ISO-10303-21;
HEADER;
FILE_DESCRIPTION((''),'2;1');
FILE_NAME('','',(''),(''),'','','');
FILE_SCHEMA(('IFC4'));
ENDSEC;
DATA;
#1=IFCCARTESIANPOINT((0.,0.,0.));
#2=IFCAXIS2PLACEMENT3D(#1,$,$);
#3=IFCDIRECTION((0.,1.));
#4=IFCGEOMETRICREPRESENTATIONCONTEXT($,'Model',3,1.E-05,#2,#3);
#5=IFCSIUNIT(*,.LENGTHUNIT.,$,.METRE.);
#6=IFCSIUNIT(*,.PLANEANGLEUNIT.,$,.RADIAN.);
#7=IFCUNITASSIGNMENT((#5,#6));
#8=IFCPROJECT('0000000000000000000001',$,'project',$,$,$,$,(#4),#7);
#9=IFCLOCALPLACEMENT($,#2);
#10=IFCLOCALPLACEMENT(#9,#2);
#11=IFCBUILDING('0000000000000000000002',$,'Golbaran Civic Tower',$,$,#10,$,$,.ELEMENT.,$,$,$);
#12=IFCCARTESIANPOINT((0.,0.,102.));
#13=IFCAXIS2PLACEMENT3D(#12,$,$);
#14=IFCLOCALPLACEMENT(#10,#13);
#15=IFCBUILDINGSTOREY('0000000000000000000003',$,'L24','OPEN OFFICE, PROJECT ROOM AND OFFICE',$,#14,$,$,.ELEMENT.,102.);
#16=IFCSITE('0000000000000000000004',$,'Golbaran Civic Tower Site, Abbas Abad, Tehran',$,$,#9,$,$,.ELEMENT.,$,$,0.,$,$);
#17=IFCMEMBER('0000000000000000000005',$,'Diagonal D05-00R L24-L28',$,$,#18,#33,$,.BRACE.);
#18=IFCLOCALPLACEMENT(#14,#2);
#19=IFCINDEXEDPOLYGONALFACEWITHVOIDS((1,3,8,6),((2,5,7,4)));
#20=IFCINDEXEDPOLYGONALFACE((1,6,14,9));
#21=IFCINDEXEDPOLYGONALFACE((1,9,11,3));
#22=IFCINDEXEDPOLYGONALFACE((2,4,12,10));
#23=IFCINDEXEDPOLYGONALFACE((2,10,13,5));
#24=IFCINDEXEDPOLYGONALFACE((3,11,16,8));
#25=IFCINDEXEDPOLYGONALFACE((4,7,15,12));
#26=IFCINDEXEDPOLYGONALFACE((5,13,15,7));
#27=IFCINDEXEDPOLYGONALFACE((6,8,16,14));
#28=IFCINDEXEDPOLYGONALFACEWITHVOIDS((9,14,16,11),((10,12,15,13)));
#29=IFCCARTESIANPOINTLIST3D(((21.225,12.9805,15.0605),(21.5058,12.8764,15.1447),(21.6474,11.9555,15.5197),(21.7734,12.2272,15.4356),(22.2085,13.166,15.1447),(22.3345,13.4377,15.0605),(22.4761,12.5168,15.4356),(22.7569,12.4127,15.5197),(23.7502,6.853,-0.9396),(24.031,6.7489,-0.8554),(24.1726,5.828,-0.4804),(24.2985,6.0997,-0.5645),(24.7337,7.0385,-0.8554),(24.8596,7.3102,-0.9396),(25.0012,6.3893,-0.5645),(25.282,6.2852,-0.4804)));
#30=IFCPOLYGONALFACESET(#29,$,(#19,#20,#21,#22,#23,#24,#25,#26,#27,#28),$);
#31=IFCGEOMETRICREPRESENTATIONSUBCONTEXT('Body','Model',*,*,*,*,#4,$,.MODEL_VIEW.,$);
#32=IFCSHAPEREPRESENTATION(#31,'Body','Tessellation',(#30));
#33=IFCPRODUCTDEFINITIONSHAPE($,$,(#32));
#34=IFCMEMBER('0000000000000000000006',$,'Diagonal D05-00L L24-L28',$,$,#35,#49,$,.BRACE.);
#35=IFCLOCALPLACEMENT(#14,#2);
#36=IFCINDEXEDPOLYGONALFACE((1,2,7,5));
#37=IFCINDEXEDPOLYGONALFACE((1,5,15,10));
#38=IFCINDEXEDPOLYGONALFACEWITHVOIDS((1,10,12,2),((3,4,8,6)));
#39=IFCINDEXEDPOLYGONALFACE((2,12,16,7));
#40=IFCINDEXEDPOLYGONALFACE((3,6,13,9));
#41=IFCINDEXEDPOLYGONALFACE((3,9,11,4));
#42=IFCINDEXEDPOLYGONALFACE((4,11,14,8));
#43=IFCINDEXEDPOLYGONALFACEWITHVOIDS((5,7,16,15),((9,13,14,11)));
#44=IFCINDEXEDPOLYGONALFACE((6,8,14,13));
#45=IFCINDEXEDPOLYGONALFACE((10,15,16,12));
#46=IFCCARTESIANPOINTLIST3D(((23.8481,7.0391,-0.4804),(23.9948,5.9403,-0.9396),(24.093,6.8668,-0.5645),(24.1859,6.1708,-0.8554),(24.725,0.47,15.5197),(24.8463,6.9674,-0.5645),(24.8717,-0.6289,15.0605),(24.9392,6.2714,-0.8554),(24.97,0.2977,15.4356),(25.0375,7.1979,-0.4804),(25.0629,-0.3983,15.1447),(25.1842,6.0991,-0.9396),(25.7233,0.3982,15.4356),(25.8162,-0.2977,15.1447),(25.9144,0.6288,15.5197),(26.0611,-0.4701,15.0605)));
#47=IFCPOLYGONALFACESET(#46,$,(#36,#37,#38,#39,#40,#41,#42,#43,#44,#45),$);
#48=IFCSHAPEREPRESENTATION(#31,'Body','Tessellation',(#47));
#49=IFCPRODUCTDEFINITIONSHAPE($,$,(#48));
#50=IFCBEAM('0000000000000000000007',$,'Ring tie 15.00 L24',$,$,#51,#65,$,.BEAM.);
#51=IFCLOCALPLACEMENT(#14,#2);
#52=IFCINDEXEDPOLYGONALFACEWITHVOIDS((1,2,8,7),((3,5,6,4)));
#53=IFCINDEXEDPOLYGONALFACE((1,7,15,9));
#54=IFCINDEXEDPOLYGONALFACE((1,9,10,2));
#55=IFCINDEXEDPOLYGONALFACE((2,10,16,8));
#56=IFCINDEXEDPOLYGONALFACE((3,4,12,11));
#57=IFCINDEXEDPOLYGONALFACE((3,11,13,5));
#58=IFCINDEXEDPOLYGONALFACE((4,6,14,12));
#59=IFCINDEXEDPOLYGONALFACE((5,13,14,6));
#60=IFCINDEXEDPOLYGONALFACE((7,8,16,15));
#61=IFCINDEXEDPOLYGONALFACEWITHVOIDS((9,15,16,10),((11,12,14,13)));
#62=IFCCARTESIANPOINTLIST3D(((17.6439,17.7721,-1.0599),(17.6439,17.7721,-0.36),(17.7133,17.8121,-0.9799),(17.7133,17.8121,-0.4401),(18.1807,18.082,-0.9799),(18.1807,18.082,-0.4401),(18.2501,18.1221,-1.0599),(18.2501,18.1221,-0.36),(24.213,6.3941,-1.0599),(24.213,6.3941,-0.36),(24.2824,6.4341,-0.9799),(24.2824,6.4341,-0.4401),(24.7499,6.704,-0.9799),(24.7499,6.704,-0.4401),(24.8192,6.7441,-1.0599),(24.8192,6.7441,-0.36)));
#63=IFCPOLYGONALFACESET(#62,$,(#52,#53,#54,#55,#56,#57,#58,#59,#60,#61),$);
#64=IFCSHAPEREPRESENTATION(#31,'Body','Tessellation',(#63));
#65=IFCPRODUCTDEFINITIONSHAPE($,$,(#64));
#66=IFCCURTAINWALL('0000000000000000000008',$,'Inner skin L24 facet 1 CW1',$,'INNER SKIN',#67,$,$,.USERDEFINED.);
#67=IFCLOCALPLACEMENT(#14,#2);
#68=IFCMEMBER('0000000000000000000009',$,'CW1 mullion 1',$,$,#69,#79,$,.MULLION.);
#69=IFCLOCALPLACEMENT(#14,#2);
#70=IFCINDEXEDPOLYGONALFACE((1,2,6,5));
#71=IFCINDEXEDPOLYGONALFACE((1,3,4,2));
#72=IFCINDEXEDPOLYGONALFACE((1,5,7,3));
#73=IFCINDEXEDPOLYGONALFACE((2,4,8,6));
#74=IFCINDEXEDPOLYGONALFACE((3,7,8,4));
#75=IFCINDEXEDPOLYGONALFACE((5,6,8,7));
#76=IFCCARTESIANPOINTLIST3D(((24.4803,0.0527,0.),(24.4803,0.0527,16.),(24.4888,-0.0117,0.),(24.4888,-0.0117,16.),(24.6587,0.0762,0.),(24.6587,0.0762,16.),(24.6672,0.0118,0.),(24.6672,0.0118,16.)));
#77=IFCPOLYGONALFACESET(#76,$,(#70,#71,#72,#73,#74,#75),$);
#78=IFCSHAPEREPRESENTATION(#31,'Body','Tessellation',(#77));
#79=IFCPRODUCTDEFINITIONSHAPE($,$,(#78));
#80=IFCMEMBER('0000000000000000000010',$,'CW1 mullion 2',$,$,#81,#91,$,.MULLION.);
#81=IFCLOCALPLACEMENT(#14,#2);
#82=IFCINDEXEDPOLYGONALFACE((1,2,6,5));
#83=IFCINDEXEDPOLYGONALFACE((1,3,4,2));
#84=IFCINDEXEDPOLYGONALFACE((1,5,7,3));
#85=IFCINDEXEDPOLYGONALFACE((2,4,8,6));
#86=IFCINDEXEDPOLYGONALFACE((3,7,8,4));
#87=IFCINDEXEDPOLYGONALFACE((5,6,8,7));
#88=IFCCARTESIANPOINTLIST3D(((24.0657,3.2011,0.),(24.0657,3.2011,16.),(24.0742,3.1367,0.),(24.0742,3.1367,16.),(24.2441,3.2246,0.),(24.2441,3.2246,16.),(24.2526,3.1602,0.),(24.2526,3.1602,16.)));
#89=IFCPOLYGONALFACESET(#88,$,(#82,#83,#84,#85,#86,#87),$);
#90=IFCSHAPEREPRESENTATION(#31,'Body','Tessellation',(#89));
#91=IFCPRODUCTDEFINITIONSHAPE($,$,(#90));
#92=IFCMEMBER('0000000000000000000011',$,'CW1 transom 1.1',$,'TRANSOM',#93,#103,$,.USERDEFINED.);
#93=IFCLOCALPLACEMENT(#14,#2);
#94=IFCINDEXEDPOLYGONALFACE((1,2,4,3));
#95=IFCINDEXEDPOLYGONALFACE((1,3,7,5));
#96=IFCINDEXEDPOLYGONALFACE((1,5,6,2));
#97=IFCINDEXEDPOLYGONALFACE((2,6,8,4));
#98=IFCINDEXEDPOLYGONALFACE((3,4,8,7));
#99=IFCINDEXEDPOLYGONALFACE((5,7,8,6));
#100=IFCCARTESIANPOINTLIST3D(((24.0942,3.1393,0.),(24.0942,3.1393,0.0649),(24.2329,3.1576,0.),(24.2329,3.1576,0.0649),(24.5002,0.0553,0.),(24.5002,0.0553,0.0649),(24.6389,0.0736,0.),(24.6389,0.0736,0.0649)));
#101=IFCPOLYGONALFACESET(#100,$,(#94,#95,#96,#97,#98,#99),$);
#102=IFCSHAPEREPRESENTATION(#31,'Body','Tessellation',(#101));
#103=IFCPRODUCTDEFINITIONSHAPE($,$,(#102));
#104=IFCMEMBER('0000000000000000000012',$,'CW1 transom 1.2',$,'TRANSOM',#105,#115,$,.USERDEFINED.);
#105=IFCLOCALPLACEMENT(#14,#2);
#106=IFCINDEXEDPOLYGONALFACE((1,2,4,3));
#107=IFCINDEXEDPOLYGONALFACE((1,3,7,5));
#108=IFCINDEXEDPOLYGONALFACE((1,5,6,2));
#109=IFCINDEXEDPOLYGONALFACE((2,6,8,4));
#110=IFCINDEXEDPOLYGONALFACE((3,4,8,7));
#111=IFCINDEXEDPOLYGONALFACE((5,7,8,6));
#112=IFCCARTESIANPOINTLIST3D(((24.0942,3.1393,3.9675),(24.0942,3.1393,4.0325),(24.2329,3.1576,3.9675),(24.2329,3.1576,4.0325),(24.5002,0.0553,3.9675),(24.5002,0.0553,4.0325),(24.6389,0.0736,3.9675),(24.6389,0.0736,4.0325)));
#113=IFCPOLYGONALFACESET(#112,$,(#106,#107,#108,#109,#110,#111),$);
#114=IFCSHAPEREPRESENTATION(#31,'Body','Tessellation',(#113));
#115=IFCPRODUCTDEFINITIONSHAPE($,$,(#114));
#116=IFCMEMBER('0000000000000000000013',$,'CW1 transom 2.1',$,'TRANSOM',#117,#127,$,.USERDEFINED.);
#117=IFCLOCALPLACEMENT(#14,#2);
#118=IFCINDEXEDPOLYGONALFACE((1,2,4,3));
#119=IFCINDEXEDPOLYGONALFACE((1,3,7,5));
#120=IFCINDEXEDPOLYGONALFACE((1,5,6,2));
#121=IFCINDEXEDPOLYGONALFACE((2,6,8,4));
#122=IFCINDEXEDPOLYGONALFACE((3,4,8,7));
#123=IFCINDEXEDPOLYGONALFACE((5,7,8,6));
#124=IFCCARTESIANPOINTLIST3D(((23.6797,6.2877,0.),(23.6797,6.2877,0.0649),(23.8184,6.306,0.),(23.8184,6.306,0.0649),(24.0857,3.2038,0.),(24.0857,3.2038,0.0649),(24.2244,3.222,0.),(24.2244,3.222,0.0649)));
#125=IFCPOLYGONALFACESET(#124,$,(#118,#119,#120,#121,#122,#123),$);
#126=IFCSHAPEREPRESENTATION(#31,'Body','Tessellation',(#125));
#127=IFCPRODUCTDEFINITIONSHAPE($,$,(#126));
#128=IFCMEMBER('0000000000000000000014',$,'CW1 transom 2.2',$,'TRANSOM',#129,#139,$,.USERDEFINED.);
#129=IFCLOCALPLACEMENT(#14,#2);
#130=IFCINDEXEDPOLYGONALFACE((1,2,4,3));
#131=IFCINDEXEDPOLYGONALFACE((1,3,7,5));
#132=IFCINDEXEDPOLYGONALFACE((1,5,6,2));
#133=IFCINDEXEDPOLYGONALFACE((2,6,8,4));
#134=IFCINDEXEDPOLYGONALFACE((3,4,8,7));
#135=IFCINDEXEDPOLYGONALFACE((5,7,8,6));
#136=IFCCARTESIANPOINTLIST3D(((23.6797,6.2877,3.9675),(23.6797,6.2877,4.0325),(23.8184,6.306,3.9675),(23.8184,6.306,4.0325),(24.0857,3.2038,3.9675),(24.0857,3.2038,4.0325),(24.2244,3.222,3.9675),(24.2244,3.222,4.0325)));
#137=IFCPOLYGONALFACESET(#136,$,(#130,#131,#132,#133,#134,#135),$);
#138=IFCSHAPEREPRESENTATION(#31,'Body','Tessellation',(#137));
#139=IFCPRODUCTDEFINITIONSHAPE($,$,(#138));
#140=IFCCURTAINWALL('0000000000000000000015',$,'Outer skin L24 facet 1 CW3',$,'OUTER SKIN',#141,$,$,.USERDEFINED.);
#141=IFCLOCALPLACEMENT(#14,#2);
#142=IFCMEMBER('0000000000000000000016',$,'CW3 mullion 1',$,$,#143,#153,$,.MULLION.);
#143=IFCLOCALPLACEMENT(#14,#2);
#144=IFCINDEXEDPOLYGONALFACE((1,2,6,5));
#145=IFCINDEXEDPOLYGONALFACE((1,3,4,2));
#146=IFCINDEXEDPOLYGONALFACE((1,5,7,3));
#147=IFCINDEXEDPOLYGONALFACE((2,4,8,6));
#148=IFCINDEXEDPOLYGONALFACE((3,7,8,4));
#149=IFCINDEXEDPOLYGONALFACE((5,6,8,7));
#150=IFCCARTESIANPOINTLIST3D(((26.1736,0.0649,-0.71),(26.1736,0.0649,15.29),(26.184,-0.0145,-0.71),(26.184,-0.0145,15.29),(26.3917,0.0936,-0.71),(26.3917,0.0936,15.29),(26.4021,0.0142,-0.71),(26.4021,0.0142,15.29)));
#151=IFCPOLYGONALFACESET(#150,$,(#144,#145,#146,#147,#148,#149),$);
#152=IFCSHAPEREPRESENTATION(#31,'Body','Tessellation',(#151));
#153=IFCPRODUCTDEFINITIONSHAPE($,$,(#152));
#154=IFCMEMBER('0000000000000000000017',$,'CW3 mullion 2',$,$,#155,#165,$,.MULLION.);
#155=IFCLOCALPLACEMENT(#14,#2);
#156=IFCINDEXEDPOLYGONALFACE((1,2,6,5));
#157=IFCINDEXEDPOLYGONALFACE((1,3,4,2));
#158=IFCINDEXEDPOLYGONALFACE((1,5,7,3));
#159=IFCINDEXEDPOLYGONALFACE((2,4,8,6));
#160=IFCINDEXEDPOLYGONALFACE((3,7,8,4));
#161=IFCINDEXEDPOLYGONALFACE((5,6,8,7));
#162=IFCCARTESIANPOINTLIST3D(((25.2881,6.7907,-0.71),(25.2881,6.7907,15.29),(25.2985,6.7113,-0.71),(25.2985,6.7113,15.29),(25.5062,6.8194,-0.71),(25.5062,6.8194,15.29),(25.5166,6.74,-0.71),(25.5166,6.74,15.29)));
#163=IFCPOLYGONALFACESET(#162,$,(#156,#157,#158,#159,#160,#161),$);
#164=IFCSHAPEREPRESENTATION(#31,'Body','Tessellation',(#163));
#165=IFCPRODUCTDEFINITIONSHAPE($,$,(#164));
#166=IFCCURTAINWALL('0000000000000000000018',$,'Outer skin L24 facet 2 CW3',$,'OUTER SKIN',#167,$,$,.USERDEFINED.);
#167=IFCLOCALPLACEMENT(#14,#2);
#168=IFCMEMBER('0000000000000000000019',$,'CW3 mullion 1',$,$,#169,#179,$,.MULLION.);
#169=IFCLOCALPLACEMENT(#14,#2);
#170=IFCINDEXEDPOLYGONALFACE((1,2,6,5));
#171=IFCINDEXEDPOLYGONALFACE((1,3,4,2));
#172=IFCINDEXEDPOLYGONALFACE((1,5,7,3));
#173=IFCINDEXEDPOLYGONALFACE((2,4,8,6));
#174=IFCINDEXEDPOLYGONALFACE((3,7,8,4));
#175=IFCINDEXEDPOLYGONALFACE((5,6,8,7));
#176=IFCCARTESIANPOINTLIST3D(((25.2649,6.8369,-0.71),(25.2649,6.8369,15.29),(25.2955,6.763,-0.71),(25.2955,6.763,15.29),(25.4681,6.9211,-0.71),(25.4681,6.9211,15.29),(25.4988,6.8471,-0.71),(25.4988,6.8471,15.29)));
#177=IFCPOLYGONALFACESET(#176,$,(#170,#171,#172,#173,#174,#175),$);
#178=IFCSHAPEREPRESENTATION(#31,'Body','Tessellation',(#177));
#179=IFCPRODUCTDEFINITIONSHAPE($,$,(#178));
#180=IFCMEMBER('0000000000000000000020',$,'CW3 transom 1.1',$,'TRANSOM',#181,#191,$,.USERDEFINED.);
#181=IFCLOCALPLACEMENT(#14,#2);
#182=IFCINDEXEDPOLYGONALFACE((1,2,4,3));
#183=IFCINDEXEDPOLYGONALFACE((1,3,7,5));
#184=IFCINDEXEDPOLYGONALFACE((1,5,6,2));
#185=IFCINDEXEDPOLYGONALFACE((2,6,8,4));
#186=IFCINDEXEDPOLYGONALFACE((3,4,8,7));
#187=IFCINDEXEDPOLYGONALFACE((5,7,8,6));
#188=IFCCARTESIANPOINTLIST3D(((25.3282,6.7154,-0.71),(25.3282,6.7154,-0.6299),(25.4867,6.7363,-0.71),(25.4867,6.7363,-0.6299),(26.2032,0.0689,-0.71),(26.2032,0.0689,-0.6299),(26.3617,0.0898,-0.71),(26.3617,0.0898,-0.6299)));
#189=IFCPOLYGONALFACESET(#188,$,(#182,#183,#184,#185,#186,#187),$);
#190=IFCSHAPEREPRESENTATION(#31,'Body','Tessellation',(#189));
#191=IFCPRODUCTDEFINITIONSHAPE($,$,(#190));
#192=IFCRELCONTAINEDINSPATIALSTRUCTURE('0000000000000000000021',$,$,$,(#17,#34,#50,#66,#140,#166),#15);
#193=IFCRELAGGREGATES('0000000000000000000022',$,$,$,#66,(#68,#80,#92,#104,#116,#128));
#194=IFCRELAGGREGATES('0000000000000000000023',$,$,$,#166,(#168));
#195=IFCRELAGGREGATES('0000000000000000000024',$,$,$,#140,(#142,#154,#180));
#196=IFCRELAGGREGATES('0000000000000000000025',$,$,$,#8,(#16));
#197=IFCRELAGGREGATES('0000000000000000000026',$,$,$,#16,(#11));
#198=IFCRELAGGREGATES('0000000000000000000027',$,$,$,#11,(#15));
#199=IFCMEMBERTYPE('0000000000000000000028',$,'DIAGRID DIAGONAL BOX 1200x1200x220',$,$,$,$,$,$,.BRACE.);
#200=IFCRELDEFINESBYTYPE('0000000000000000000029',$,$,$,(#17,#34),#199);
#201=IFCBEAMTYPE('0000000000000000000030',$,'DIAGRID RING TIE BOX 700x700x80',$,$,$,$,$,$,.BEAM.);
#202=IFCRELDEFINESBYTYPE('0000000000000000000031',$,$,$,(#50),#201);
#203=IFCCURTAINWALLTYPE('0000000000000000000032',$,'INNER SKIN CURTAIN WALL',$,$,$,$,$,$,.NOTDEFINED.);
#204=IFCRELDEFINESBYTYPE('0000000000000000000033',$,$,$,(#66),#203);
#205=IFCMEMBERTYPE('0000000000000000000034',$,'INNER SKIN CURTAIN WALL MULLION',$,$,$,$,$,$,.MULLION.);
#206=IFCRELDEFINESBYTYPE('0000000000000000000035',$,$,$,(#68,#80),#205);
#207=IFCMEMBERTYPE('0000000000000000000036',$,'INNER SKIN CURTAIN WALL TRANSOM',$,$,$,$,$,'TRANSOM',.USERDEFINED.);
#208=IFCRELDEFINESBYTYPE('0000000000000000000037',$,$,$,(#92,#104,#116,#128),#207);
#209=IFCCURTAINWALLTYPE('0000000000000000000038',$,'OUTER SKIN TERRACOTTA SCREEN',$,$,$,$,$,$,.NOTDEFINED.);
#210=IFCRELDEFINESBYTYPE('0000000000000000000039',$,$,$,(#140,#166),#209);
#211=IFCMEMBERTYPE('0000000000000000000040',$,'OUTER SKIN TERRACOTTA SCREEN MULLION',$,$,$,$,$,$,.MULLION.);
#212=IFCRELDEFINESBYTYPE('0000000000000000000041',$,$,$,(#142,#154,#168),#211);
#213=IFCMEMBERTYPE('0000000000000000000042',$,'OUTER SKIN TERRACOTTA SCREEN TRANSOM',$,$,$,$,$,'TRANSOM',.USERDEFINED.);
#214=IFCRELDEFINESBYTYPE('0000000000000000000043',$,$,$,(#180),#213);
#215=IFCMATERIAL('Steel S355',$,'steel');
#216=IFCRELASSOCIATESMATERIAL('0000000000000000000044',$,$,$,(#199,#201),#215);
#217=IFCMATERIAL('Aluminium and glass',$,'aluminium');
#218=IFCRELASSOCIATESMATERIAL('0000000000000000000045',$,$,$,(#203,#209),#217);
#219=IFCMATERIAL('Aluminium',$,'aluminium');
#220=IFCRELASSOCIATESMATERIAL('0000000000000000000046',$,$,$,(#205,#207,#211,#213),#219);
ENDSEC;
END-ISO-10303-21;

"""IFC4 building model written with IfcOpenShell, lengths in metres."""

from ifc_helpers import new_model, si_unit, direction, frame, origin, origin_2d, place, context, subcontext, project, spatial, rectangle, hollow_rectangle, extrude, material, material_profile, profile_set, type_object, element, aggregate, save


model = new_model("IFC4")

# Units and contexts
model_context = context("Model", 3, precision=1e-05, world=origin(), true_north=direction((0.0, 1.0)))
body_context = subcontext(model_context, "Body", "Model", "MODEL_VIEW")
ifc_project = project(units=[si_unit("LENGTHUNIT", "METRE"), si_unit("PLANEANGLEUNIT", "RADIAN")], contexts=[model_context])

# Site, building, storey
site_placement = place(None, origin())
site = spatial("IfcSite", under=ifc_project, at=site_placement, Name="Golbaran Civic Tower Site, Abbas Abad, Tehran", CompositionType="ELEMENT", RefElevation=0.0)
building_placement = place(site_placement, origin())
building = spatial("IfcBuilding", under=site, at=building_placement, Name="Golbaran Civic Tower", CompositionType="ELEMENT")
storey_placement = place(building_placement, frame((0.0, 0.0, 102.0)))
storey = spatial("IfcBuildingStorey", under=building, at=storey_placement, Name="L24", Description="OPEN OFFICE, PROJECT ROOM AND OFFICE", CompositionType="ELEMENT", Elevation=102.0)

# Members
ifc_material_1 = material(Name="Steel S355", Category="steel")
ifc_material_profile_1 = material_profile(ifc_material_1, hollow_rectangle(XDim=1.2, YDim=1.2, WallThickness=0.22, at=origin_2d()), Name="BOX 1200x1200x220")
ifc_profile_set_1 = profile_set([ifc_material_profile_1], Name="Steel S355")
member_type_1 = type_object("IfcMemberType", Name="DIAGRID DIAGONAL BOX 1200x1200x220", PredefinedType="BRACE", material=ifc_profile_set_1)
for number, where, z_axis, x_axis, name in (
    (1, (24.5161, 6.5691, -0.71), (-0.145808, 0.353814, 0.923881), (-0.924567, -0.381018, 0.0), "Diagonal D05-00R L24-L28"),
    (2, (24.5161, 6.5691, -0.71), (0.050637, -0.379316, 0.923881), (0.991207, 0.132323, 0.0), "Diagonal D05-00L L24-L28"),
):
    element("IfcMember", number, at=place(storey_placement, frame(where, z_axis=z_axis, x_axis=x_axis)), inside=storey, type_object=member_type_1, Name=name, PredefinedType="BRACE", context=body_context, shape_type="SweptSolid", body=[
        extrude(hollow_rectangle(XDim=1.2, YDim=1.2, WallThickness=0.22, at=origin_2d()), origin(), (0.0, 0.0, 1.0), 17.3184),
    ])

# Beam
ifc_material_profile_2 = material_profile(ifc_material_1, hollow_rectangle(XDim=0.7, YDim=0.7, WallThickness=0.0801, at=origin_2d()), Name="BOX 700x700x80")
ifc_profile_set_2 = profile_set([ifc_material_profile_2], Name="Steel S355")
beam_type = type_object("IfcBeamType", Name="DIAGRID RING TIE BOX 700x700x80", PredefinedType="BEAM", material=ifc_profile_set_2)
beam_placement = place(storey_placement, frame((24.5161, 6.5691, -0.71), z_axis=(-0.500002, 0.866024, 0.0), x_axis=(-0.866024, -0.500002, 0.0)))
element("IfcBeam", 3, at=beam_placement, inside=storey, type_object=beam_type, Name="Ring tie 15.00 L24", PredefinedType="BEAM", context=body_context, shape_type="SweptSolid", body=[
    extrude(hollow_rectangle(XDim=0.7, YDim=0.7, WallThickness=0.0801, at=origin_2d()), origin(), (0.0, 0.0, 1.0), 13.1382),
])

# Curtain walls, members
ifc_material_2 = material(Name="Aluminium and glass", Category="aluminium")
curtain_wall_type_1 = type_object("IfcCurtainWallType", Name="INNER SKIN CURTAIN WALL", PredefinedType="NOTDEFINED", material=ifc_material_2)
curtain_wall_1_placement = place(storey_placement, origin())
curtain_wall_1 = element("IfcCurtainWall", 4, at=curtain_wall_1_placement, inside=storey, type_object=curtain_wall_type_1, Name="Inner skin L24 facet 1 CW1", ObjectType="INNER SKIN", PredefinedType="USERDEFINED")
ifc_material_3 = material(Name="Aluminium", Category="aluminium")
ifc_material_profile_3 = material_profile(ifc_material_3, rectangle(XDim=0.1799, YDim=0.0649, at=origin_2d()), Name="INNER SKIN CURTAIN WALL MULLION")
ifc_profile_set_3 = profile_set([ifc_material_profile_3], Name="Aluminium")
member_type_2 = type_object("IfcMemberType", Name="INNER SKIN CURTAIN WALL MULLION", PredefinedType="MULLION", material=ifc_profile_set_3)
member_1_placement = place(storey_placement, frame((24.5737, 0.0322, 0.0), z_axis=(0.0, 0.0, 1.0), x_axis=(-0.991445, -0.130526, 0.0)))
member_1 = element("IfcMember", 5, at=member_1_placement, type_object=member_type_2, Name="CW1 mullion 1", PredefinedType="MULLION", context=body_context, shape_type="SweptSolid", body=[
    extrude(rectangle(XDim=0.1799, YDim=0.0649, at=origin_2d()), origin(), (0.0, 0.0, 1.0), 16.0),
])
member_2_placement = place(storey_placement, frame((24.1592, 3.1807, 0.0), z_axis=(0.0, 0.0, 1.0), x_axis=(-0.991445, -0.130526, 0.0)))
member_2 = element("IfcMember", 6, at=member_2_placement, type_object=member_type_2, Name="CW1 mullion 2", PredefinedType="MULLION", context=body_context, shape_type="SweptSolid", body=[
    extrude(rectangle(XDim=0.1799, YDim=0.0649, at=origin_2d()), origin(), (0.0, 0.0, 1.0), 16.0),
])
ifc_material_profile_4 = material_profile(ifc_material_3, rectangle(XDim=0.1399, YDim=0.0649, at=origin_2d()), Name="INNER SKIN CURTAIN WALL TRANSOM")
ifc_profile_set_4 = profile_set([ifc_material_profile_4], Name="Aluminium")
member_type_3 = type_object("IfcMemberType", Name="INNER SKIN CURTAIN WALL TRANSOM", ElementType="TRANSOM", PredefinedType="USERDEFINED", material=ifc_profile_set_4)
member_3_placement = place(storey_placement, frame((24.5696, 0.0645, 0.0325), z_axis=(-0.130524, 0.991445, 0.0), x_axis=(-0.991445, -0.130524, 0.0)))
member_3 = element("IfcMember", 7, at=member_3_placement, type_object=member_type_3, Name="CW1 transom 1.1", ObjectType="TRANSOM", PredefinedType="USERDEFINED", context=body_context, shape_type="SweptSolid", body=[
    extrude(rectangle(XDim=0.1399, YDim=0.0649, at=origin_2d()), origin(), (0.0, 0.0, 1.0), 3.1106),
])
member_4_placement = place(storey_placement, frame((24.5696, 0.0645, 4.0), z_axis=(-0.130524, 0.991445, 0.0), x_axis=(-0.991445, -0.130524, 0.0)))
member_4 = element("IfcMember", 8, at=member_4_placement, type_object=member_type_3, Name="CW1 transom 1.2", ObjectType="TRANSOM", PredefinedType="USERDEFINED", context=body_context, shape_type="SweptSolid", body=[
    extrude(rectangle(XDim=0.1399, YDim=0.0649, at=origin_2d()), origin(), (0.0, 0.0, 1.0), 3.1106),
])
member_5_placement = place(storey_placement, frame((24.155, 3.2129, 0.0325), z_axis=(-0.130524, 0.991445, 0.0), x_axis=(-0.991445, -0.130524, 0.0)))
member_5 = element("IfcMember", 9, at=member_5_placement, type_object=member_type_3, Name="CW1 transom 2.1", ObjectType="TRANSOM", PredefinedType="USERDEFINED", context=body_context, shape_type="SweptSolid", body=[
    extrude(rectangle(XDim=0.1399, YDim=0.0649, at=origin_2d()), origin(), (0.0, 0.0, 1.0), 3.1106),
])
member_6_placement = place(storey_placement, frame((24.155, 3.2129, 4.0), z_axis=(-0.130524, 0.991445, 0.0), x_axis=(-0.991445, -0.130524, 0.0)))
member_6 = element("IfcMember", 10, at=member_6_placement, type_object=member_type_3, Name="CW1 transom 2.2", ObjectType="TRANSOM", PredefinedType="USERDEFINED", context=body_context, shape_type="SweptSolid", body=[
    extrude(rectangle(XDim=0.1399, YDim=0.0649, at=origin_2d()), origin(), (0.0, 0.0, 1.0), 3.1106),
])
curtain_wall_type_2 = type_object("IfcCurtainWallType", Name="OUTER SKIN TERRACOTTA SCREEN", PredefinedType="NOTDEFINED", material=ifc_material_2)
curtain_wall_2_placement = place(storey_placement, origin())
curtain_wall_2 = element("IfcCurtainWall", 11, at=curtain_wall_2_placement, inside=storey, type_object=curtain_wall_type_2, Name="Outer skin L24 facet 1 CW3", ObjectType="OUTER SKIN", PredefinedType="USERDEFINED")
ifc_material_profile_5 = material_profile(ifc_material_3, rectangle(XDim=0.22, YDim=0.0801, at=origin_2d()), Name="OUTER SKIN TERRACOTTA SCREEN MULLION")
ifc_profile_set_5 = profile_set([ifc_material_profile_5], Name="Aluminium")
member_type_4 = type_object("IfcMemberType", Name="OUTER SKIN TERRACOTTA SCREEN MULLION", PredefinedType="MULLION", material=ifc_profile_set_5)
member_7_placement = place(storey_placement, frame((26.2878, 0.0396, -0.71), z_axis=(0.0, 0.0, 1.0), x_axis=(-0.991445, -0.130526, 0.0)))
member_7 = element("IfcMember", 12, at=member_7_placement, type_object=member_type_4, Name="CW3 mullion 1", PredefinedType="MULLION", context=body_context, shape_type="SweptSolid", body=[
    extrude(rectangle(XDim=0.22, YDim=0.0801, at=origin_2d()), origin(), (0.0, 0.0, 1.0), 16.0),
])
member_8_placement = place(storey_placement, frame((25.4023, 6.7654, -0.71), z_axis=(0.0, 0.0, 1.0), x_axis=(-0.991445, -0.130526, 0.0)))
member_8 = element("IfcMember", 13, at=member_8_placement, type_object=member_type_4, Name="CW3 mullion 2", PredefinedType="MULLION", context=body_context, shape_type="SweptSolid", body=[
    extrude(rectangle(XDim=0.22, YDim=0.0801, at=origin_2d()), origin(), (0.0, 0.0, 1.0), 16.0),
])

# Curtain wall, member
curtain_wall_3_placement = place(storey_placement, origin())
curtain_wall_3 = element("IfcCurtainWall", 14, at=curtain_wall_3_placement, inside=storey, type_object=curtain_wall_type_2, Name="Outer skin L24 facet 2 CW3", ObjectType="OUTER SKIN", PredefinedType="USERDEFINED")
member_9_placement = place(storey_placement, frame((25.3818, 6.842, -0.71), z_axis=(0.0, 0.0, 1.0), x_axis=(-0.92388, -0.382683, 0.0)))
member_9 = element("IfcMember", 15, at=member_9_placement, type_object=member_type_4, Name="CW3 mullion 1", PredefinedType="MULLION", context=body_context, shape_type="SweptSolid", body=[
    extrude(rectangle(XDim=0.22, YDim=0.0801, at=origin_2d()), origin(), (0.0, 0.0, 1.0), 16.0),
])

# Member
ifc_material_profile_6 = material_profile(ifc_material_3, rectangle(XDim=0.1599, YDim=0.0801, at=origin_2d()), Name="OUTER SKIN TERRACOTTA SCREEN TRANSOM")
ifc_profile_set_6 = profile_set([ifc_material_profile_6], Name="Aluminium")
member_type_5 = type_object("IfcMemberType", Name="OUTER SKIN TERRACOTTA SCREEN TRANSOM", ElementType="TRANSOM", PredefinedType="USERDEFINED", material=ifc_profile_set_6)
member_10_placement = place(storey_placement, frame((26.2825, 0.0793, -0.6699), z_axis=(-0.130522, 0.991445, 0.0), x_axis=(-0.991445, -0.130522, 0.0)))
member_10 = element("IfcMember", 16, at=member_10_placement, type_object=member_type_5, Name="CW3 transom 1.1", ObjectType="TRANSOM", PredefinedType="USERDEFINED", context=body_context, shape_type="SweptSolid", body=[
    extrude(rectangle(XDim=0.1599, YDim=0.0801, at=origin_2d()), origin(), (0.0, 0.0, 1.0), 6.7039),
])

aggregate(curtain_wall_1, [member_1, member_2, member_3, member_4, member_5, member_6])
aggregate(curtain_wall_3, [member_9])
aggregate(curtain_wall_2, [member_7, member_8, member_10])

save(model, "model.ifc")
